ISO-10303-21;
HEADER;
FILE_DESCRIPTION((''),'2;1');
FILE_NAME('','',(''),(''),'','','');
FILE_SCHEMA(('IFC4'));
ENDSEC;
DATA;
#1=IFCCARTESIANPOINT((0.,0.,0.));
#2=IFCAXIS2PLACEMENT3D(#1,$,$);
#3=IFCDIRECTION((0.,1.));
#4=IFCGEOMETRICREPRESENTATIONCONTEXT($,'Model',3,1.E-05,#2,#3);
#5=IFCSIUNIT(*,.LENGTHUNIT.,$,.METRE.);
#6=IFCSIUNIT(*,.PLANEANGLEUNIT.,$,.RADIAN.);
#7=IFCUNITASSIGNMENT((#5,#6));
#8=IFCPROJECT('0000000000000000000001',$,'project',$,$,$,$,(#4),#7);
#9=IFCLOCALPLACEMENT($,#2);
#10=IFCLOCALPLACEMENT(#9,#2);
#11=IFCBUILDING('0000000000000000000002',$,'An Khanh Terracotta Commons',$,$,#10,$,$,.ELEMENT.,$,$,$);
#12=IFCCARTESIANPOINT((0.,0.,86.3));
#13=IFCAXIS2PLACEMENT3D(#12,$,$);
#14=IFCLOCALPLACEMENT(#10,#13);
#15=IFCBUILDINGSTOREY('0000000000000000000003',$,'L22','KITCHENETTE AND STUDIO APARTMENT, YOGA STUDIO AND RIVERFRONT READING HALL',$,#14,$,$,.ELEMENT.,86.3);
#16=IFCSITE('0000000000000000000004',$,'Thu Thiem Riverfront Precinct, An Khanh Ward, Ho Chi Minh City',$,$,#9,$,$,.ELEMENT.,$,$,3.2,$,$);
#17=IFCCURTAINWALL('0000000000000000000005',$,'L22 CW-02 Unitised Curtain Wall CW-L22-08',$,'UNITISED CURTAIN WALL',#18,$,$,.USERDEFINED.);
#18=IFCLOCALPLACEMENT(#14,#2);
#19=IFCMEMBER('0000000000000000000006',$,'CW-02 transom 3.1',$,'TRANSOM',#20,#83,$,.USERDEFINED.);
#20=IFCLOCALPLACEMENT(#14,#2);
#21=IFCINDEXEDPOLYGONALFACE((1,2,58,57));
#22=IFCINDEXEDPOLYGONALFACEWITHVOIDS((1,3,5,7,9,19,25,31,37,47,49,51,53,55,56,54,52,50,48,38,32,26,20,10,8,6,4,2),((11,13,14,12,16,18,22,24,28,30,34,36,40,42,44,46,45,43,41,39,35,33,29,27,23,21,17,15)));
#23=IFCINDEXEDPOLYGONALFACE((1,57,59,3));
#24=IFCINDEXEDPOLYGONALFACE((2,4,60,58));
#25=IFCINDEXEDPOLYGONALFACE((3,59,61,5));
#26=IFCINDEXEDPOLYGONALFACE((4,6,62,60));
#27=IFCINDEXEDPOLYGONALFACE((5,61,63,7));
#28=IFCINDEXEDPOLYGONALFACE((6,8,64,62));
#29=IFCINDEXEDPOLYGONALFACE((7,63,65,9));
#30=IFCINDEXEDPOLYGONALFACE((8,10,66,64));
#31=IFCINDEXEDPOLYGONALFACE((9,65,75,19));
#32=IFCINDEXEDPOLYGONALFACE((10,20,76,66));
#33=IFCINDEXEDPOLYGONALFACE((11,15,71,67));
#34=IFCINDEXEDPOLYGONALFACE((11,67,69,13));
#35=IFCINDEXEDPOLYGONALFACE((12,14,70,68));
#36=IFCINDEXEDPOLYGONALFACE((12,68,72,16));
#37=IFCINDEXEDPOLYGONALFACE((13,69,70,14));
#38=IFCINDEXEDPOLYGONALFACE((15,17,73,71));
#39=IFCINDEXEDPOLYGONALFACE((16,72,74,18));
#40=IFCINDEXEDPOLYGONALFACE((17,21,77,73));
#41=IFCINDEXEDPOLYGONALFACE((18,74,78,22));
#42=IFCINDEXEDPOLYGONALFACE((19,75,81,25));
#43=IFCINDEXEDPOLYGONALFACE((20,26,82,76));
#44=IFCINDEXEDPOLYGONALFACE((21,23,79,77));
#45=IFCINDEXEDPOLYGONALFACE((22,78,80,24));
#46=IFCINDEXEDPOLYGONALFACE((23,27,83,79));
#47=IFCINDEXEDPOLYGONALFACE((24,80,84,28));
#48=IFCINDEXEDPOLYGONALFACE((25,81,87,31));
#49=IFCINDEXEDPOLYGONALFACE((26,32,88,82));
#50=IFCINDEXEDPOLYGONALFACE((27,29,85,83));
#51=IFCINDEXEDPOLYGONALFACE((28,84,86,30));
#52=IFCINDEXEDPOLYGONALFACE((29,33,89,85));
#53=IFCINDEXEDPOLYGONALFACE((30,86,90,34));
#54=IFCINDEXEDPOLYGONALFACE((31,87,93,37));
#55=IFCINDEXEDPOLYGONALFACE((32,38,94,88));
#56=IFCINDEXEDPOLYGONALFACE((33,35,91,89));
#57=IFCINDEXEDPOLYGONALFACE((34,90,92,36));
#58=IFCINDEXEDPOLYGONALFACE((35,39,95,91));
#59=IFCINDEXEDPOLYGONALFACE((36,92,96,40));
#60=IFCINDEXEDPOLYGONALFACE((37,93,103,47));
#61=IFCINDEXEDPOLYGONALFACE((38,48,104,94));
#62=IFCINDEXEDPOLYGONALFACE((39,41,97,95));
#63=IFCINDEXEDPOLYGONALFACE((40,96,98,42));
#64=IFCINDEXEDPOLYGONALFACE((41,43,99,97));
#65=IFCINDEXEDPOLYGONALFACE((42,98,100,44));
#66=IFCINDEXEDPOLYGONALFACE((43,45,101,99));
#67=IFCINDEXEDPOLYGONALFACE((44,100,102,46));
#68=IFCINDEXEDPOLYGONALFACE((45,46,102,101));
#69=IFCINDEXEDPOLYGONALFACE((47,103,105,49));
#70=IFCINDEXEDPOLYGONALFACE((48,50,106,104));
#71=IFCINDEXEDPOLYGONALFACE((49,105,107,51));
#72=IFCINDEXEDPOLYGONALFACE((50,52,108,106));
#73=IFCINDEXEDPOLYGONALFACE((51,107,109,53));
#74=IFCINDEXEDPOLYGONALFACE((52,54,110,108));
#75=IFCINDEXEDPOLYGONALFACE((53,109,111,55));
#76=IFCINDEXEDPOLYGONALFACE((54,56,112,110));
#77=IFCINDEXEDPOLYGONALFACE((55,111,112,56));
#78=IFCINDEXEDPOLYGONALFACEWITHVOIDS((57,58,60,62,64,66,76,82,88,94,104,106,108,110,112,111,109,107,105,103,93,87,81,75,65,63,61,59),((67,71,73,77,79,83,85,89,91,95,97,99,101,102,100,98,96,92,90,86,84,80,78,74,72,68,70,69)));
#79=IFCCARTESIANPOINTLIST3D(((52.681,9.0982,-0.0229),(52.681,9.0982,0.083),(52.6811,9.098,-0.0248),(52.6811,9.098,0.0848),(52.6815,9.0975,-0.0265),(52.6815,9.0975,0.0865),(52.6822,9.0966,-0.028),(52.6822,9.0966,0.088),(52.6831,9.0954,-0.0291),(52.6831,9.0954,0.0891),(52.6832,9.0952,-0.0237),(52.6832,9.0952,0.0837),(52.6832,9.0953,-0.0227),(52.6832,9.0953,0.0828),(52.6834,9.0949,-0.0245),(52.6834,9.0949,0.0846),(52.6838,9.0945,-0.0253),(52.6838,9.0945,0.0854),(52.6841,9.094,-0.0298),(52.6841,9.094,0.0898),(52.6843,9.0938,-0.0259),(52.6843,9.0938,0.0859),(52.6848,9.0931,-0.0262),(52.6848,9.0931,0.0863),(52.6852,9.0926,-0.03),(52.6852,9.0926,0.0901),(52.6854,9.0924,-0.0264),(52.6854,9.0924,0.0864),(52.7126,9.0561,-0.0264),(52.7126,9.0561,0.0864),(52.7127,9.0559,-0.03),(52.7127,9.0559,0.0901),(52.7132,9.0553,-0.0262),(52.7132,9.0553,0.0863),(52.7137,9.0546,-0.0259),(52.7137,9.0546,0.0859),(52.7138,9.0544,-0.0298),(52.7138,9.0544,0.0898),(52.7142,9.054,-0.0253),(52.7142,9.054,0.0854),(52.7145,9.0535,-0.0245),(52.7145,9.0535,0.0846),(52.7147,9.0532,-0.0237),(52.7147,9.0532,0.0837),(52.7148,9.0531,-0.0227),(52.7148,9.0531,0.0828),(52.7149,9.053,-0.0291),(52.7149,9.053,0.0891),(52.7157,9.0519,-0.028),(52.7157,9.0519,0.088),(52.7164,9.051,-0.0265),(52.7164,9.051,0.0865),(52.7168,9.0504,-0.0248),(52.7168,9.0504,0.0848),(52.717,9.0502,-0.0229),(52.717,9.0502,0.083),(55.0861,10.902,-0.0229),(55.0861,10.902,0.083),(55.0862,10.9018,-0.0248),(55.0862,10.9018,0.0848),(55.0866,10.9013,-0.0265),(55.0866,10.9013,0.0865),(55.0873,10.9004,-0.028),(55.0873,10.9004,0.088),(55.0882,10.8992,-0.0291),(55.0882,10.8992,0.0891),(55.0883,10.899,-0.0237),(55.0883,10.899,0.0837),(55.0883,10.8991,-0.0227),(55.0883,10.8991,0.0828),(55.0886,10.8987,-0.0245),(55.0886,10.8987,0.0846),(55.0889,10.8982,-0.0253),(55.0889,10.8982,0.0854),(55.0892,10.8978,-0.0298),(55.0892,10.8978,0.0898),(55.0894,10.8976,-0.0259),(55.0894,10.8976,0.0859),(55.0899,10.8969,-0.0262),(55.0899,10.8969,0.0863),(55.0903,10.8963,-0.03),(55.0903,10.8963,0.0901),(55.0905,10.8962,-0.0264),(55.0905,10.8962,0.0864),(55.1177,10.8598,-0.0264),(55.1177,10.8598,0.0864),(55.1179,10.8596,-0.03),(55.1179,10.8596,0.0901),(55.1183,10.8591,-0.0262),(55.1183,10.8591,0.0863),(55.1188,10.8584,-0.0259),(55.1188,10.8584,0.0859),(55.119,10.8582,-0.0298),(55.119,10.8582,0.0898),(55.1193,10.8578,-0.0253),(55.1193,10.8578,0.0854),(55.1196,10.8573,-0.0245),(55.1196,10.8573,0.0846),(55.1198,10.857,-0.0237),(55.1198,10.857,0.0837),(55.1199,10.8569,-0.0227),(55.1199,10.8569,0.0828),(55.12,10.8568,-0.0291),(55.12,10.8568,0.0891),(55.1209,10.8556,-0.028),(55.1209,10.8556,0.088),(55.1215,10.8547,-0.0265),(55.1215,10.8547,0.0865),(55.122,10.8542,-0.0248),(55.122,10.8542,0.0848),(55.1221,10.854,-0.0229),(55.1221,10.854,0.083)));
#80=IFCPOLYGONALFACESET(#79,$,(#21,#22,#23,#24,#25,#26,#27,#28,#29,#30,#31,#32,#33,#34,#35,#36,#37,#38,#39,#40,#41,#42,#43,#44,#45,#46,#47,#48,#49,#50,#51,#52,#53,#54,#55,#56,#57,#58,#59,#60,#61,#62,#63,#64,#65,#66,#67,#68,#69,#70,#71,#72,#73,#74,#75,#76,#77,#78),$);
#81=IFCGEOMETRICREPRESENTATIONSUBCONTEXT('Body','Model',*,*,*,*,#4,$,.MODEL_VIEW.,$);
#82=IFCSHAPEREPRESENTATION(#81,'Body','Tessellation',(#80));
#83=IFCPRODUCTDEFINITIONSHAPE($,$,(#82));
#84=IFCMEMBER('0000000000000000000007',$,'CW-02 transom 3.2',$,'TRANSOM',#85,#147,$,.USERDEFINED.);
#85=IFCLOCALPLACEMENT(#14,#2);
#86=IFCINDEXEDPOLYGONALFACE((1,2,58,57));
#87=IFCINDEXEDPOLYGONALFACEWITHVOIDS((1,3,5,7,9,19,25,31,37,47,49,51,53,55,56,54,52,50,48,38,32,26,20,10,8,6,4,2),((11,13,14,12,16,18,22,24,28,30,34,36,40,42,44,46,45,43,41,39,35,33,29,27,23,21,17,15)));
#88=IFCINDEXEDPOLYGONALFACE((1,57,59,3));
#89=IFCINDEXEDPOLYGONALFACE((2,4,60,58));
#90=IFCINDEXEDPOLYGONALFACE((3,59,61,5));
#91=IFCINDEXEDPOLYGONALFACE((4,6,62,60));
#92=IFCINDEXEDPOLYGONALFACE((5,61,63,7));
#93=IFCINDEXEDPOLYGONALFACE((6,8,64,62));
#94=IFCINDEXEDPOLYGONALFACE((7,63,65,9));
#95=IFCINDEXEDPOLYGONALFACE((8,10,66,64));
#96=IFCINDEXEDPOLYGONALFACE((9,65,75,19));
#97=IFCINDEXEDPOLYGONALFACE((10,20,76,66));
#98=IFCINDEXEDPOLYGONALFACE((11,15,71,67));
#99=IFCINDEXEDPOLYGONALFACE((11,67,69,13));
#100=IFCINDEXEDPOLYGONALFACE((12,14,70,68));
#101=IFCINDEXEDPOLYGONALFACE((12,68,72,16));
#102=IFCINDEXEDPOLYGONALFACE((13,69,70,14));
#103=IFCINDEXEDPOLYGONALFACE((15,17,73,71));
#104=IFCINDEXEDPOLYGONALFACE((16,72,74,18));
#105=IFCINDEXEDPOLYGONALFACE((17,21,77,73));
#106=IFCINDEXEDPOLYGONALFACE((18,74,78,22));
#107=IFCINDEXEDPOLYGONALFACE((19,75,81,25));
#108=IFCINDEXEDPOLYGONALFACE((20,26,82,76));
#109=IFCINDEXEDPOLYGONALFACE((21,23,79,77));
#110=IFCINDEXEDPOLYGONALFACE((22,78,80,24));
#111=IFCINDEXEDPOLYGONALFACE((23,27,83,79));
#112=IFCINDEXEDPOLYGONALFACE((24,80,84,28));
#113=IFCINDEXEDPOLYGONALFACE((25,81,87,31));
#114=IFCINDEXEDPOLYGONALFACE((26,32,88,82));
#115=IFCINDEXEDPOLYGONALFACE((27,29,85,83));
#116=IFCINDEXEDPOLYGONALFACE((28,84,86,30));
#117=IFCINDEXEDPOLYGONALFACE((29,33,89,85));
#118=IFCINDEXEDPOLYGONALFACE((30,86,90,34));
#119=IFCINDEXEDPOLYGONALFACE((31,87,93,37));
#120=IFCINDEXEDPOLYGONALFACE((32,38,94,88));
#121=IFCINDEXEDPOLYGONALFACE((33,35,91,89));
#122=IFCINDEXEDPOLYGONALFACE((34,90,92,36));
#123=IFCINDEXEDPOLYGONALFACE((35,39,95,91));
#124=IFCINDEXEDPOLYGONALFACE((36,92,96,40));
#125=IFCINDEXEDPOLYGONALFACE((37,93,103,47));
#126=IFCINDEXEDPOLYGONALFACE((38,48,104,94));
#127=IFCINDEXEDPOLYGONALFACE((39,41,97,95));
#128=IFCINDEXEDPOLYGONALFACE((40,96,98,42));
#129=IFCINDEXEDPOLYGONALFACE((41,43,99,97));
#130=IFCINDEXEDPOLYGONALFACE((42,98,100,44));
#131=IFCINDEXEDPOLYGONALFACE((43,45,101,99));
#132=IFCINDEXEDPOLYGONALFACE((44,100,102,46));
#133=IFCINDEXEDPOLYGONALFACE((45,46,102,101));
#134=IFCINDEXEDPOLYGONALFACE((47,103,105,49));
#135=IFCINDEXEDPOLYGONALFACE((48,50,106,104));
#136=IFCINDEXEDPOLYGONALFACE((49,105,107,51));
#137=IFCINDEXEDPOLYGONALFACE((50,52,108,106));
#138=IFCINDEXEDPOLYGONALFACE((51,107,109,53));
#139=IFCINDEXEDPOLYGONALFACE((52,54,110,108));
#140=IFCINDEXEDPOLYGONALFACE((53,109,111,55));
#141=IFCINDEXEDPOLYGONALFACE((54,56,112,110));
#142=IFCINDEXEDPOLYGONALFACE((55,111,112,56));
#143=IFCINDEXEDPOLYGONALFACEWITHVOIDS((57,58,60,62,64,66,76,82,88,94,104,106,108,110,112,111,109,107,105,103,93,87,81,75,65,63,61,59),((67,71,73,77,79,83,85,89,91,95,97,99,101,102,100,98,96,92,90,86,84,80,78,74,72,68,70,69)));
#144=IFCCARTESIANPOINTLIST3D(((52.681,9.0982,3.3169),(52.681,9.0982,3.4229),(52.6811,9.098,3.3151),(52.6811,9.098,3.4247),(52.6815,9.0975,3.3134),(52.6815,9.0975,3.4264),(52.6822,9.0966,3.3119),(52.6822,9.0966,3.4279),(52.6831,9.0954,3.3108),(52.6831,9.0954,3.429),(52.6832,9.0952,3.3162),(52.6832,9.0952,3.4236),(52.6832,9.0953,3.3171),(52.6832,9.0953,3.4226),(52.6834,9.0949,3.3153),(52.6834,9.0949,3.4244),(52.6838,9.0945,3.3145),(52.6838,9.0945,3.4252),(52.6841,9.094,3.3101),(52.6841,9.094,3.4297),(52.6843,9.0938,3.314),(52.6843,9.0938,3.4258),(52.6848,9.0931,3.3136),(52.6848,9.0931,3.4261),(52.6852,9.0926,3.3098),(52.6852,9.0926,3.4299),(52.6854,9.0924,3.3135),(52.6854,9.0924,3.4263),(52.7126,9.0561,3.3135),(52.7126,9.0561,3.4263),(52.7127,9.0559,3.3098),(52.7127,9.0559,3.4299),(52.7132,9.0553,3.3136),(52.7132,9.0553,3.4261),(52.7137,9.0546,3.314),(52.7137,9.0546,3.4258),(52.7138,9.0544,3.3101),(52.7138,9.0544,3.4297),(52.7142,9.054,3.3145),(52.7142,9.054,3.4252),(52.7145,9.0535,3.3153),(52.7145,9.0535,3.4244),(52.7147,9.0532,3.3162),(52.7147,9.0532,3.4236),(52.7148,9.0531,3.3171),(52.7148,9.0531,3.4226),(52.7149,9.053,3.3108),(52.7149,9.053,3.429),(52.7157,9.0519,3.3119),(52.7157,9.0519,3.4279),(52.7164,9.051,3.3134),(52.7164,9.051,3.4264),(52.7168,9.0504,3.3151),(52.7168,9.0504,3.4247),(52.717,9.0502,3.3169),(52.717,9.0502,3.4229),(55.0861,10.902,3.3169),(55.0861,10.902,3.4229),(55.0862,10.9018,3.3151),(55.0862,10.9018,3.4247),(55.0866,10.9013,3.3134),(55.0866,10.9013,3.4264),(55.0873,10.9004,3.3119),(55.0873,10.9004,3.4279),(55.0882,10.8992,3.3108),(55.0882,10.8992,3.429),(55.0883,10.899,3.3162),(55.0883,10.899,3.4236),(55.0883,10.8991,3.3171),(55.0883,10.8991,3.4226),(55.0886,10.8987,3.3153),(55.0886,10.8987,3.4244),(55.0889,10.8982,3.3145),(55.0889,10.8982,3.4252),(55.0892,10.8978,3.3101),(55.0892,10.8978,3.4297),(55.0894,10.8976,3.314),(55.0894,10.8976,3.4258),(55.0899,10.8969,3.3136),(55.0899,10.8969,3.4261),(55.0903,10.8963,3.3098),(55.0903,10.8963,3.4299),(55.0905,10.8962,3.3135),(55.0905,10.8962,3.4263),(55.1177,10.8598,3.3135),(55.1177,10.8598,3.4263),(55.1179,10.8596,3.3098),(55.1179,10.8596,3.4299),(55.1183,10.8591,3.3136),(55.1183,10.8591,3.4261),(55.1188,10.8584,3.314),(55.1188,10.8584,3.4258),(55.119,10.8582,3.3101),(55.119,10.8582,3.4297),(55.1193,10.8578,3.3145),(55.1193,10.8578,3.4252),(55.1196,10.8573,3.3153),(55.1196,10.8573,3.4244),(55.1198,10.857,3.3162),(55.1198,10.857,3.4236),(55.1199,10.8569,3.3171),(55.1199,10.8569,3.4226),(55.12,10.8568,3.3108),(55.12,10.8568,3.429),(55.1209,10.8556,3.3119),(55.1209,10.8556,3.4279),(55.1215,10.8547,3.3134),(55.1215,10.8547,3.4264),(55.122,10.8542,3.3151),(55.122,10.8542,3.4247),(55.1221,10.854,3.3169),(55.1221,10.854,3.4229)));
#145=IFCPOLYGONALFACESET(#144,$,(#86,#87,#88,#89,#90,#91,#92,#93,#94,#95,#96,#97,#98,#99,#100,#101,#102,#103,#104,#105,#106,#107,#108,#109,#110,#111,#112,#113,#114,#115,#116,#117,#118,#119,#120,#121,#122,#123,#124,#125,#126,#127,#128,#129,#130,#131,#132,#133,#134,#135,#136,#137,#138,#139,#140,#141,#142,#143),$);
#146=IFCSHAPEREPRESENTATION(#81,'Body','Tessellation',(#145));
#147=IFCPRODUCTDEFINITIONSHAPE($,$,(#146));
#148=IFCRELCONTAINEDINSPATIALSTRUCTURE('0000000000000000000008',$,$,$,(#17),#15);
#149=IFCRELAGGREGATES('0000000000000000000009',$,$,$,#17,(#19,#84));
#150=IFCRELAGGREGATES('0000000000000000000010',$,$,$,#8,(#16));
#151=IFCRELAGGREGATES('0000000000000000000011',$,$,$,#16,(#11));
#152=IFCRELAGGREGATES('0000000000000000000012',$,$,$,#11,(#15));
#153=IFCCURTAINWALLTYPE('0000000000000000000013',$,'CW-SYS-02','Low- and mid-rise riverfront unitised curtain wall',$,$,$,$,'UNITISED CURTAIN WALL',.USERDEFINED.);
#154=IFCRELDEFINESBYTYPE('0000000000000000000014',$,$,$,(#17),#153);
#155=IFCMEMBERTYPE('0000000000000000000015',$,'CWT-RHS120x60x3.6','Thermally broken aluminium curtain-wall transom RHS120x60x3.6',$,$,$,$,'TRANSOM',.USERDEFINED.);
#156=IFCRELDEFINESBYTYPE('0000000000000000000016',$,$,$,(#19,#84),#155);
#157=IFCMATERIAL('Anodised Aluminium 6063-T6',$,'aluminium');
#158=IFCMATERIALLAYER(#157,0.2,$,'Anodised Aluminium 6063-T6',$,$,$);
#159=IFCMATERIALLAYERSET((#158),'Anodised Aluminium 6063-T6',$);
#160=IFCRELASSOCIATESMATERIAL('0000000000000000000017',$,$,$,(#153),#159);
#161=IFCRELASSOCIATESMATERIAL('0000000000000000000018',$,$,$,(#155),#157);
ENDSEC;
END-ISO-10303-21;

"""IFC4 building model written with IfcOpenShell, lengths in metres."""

from ifc_helpers import new_model, si_unit, direction, frame, origin, origin_2d, place, context, subcontext, project, spatial, hollow_rectangle, extrude, material, layer, layer_set, material_profile, profile_set, type_object, element, aggregate, save


model = new_model("IFC4")

# Units and contexts
model_context = context("Model", 3, precision=1e-05, world=origin(), true_north=direction((0.0, 1.0)))
body_context = subcontext(model_context, "Body", "Model", "MODEL_VIEW")
ifc_project = project(units=[si_unit("LENGTHUNIT", "METRE"), si_unit("PLANEANGLEUNIT", "RADIAN")], contexts=[model_context])

# Site, building, storey
site_placement = place(None, origin())
site = spatial("IfcSite", under=ifc_project, at=site_placement, Name="Thu Thiem Riverfront Precinct, An Khanh Ward, Ho Chi Minh City", CompositionType="ELEMENT", RefElevation=3.2)
building_placement = place(site_placement, origin())
building = spatial("IfcBuilding", under=site, at=building_placement, Name="An Khanh Terracotta Commons", CompositionType="ELEMENT")
storey_placement = place(building_placement, frame((0.0, 0.0, 86.3)))
storey = spatial("IfcBuildingStorey", under=building, at=storey_placement, Name="L22", Description="KITCHENETTE AND STUDIO APARTMENT, YOGA STUDIO AND RIVERFRONT READING HALL", CompositionType="ELEMENT", Elevation=86.3)

# Curtain wall
ifc_material_1 = material(Name="Anodised Aluminium 6063-T6", Category="aluminium")
ifc_layer_1 = layer(ifc_material_1, 0.2, Name="Anodised Aluminium 6063-T6")
ifc_layer_set_1 = layer_set([ifc_layer_1], Name="Anodised Aluminium 6063-T6")
curtain_wall_type = type_object("IfcCurtainWallType", Name="CW-SYS-02", Description="Low- and mid-rise riverfront unitised curtain wall", ElementType="UNITISED CURTAIN WALL", PredefinedType="USERDEFINED", material=ifc_layer_set_1)
curtain_wall_1_placement = place(storey_placement, origin())
curtain_wall_1 = element("IfcCurtainWall", 1, at=curtain_wall_1_placement, inside=storey, type_object=curtain_wall_type, Name="L22 CW-02 Unitised Curtain Wall CW-L22-08", ObjectType="UNITISED CURTAIN WALL", PredefinedType="USERDEFINED")

# Members
ifc_material_profile_1 = material_profile(ifc_material_1, hollow_rectangle(XDim=0.0601, YDim=0.1201, WallThickness=0.0037, InnerFilletRadius=0.0037, OuterFilletRadius=0.0071, at=origin_2d()), Name="RHS120x60x3.6")
ifc_profile_set_1 = profile_set([ifc_material_profile_1], Name="Anodised Aluminium 6063-T6")
member_type_1 = type_object("IfcMemberType", Name="CWT-RHS120x60x3.6", Description="Thermally broken aluminium curtain-wall transom RHS120x60x3.6", ElementType="TRANSOM", PredefinedType="USERDEFINED", material=ifc_profile_set_1)
member_1_placement = place(storey_placement, frame((52.699, 9.0742, 0.03), z_axis=(0.80001, 0.599987, 0.0), x_axis=(-0.599987, 0.80001, 0.0)))
member_1 = element("IfcMember", 2, at=member_1_placement, type_object=member_type_1, Name="CW-02 transom 3.1", ObjectType="TRANSOM", PredefinedType="USERDEFINED", context=body_context, shape_type="SweptSolid", body=[
    extrude(hollow_rectangle(XDim=0.0601, YDim=0.1201, WallThickness=0.0037, InnerFilletRadius=0.0037, OuterFilletRadius=0.0071, at=origin_2d()), origin(), (0.0, 0.0, 1.0), 3.0063),
])
member_2_placement = place(storey_placement, frame((52.699, 9.0742, 3.3699), z_axis=(0.80001, 0.599987, 0.0), x_axis=(-0.599987, 0.80001, 0.0)))
member_2 = element("IfcMember", 3, at=member_2_placement, type_object=member_type_1, Name="CW-02 transom 3.2", ObjectType="TRANSOM", PredefinedType="USERDEFINED", context=body_context, shape_type="SweptSolid", body=[
    extrude(hollow_rectangle(XDim=0.0601, YDim=0.1201, WallThickness=0.0037, InnerFilletRadius=0.0037, OuterFilletRadius=0.0071, at=origin_2d()), origin(), (0.0, 0.0, 1.0), 3.0063),
])

aggregate(curtain_wall_1, [member_1, member_2])

save(model, "model.ifc")
